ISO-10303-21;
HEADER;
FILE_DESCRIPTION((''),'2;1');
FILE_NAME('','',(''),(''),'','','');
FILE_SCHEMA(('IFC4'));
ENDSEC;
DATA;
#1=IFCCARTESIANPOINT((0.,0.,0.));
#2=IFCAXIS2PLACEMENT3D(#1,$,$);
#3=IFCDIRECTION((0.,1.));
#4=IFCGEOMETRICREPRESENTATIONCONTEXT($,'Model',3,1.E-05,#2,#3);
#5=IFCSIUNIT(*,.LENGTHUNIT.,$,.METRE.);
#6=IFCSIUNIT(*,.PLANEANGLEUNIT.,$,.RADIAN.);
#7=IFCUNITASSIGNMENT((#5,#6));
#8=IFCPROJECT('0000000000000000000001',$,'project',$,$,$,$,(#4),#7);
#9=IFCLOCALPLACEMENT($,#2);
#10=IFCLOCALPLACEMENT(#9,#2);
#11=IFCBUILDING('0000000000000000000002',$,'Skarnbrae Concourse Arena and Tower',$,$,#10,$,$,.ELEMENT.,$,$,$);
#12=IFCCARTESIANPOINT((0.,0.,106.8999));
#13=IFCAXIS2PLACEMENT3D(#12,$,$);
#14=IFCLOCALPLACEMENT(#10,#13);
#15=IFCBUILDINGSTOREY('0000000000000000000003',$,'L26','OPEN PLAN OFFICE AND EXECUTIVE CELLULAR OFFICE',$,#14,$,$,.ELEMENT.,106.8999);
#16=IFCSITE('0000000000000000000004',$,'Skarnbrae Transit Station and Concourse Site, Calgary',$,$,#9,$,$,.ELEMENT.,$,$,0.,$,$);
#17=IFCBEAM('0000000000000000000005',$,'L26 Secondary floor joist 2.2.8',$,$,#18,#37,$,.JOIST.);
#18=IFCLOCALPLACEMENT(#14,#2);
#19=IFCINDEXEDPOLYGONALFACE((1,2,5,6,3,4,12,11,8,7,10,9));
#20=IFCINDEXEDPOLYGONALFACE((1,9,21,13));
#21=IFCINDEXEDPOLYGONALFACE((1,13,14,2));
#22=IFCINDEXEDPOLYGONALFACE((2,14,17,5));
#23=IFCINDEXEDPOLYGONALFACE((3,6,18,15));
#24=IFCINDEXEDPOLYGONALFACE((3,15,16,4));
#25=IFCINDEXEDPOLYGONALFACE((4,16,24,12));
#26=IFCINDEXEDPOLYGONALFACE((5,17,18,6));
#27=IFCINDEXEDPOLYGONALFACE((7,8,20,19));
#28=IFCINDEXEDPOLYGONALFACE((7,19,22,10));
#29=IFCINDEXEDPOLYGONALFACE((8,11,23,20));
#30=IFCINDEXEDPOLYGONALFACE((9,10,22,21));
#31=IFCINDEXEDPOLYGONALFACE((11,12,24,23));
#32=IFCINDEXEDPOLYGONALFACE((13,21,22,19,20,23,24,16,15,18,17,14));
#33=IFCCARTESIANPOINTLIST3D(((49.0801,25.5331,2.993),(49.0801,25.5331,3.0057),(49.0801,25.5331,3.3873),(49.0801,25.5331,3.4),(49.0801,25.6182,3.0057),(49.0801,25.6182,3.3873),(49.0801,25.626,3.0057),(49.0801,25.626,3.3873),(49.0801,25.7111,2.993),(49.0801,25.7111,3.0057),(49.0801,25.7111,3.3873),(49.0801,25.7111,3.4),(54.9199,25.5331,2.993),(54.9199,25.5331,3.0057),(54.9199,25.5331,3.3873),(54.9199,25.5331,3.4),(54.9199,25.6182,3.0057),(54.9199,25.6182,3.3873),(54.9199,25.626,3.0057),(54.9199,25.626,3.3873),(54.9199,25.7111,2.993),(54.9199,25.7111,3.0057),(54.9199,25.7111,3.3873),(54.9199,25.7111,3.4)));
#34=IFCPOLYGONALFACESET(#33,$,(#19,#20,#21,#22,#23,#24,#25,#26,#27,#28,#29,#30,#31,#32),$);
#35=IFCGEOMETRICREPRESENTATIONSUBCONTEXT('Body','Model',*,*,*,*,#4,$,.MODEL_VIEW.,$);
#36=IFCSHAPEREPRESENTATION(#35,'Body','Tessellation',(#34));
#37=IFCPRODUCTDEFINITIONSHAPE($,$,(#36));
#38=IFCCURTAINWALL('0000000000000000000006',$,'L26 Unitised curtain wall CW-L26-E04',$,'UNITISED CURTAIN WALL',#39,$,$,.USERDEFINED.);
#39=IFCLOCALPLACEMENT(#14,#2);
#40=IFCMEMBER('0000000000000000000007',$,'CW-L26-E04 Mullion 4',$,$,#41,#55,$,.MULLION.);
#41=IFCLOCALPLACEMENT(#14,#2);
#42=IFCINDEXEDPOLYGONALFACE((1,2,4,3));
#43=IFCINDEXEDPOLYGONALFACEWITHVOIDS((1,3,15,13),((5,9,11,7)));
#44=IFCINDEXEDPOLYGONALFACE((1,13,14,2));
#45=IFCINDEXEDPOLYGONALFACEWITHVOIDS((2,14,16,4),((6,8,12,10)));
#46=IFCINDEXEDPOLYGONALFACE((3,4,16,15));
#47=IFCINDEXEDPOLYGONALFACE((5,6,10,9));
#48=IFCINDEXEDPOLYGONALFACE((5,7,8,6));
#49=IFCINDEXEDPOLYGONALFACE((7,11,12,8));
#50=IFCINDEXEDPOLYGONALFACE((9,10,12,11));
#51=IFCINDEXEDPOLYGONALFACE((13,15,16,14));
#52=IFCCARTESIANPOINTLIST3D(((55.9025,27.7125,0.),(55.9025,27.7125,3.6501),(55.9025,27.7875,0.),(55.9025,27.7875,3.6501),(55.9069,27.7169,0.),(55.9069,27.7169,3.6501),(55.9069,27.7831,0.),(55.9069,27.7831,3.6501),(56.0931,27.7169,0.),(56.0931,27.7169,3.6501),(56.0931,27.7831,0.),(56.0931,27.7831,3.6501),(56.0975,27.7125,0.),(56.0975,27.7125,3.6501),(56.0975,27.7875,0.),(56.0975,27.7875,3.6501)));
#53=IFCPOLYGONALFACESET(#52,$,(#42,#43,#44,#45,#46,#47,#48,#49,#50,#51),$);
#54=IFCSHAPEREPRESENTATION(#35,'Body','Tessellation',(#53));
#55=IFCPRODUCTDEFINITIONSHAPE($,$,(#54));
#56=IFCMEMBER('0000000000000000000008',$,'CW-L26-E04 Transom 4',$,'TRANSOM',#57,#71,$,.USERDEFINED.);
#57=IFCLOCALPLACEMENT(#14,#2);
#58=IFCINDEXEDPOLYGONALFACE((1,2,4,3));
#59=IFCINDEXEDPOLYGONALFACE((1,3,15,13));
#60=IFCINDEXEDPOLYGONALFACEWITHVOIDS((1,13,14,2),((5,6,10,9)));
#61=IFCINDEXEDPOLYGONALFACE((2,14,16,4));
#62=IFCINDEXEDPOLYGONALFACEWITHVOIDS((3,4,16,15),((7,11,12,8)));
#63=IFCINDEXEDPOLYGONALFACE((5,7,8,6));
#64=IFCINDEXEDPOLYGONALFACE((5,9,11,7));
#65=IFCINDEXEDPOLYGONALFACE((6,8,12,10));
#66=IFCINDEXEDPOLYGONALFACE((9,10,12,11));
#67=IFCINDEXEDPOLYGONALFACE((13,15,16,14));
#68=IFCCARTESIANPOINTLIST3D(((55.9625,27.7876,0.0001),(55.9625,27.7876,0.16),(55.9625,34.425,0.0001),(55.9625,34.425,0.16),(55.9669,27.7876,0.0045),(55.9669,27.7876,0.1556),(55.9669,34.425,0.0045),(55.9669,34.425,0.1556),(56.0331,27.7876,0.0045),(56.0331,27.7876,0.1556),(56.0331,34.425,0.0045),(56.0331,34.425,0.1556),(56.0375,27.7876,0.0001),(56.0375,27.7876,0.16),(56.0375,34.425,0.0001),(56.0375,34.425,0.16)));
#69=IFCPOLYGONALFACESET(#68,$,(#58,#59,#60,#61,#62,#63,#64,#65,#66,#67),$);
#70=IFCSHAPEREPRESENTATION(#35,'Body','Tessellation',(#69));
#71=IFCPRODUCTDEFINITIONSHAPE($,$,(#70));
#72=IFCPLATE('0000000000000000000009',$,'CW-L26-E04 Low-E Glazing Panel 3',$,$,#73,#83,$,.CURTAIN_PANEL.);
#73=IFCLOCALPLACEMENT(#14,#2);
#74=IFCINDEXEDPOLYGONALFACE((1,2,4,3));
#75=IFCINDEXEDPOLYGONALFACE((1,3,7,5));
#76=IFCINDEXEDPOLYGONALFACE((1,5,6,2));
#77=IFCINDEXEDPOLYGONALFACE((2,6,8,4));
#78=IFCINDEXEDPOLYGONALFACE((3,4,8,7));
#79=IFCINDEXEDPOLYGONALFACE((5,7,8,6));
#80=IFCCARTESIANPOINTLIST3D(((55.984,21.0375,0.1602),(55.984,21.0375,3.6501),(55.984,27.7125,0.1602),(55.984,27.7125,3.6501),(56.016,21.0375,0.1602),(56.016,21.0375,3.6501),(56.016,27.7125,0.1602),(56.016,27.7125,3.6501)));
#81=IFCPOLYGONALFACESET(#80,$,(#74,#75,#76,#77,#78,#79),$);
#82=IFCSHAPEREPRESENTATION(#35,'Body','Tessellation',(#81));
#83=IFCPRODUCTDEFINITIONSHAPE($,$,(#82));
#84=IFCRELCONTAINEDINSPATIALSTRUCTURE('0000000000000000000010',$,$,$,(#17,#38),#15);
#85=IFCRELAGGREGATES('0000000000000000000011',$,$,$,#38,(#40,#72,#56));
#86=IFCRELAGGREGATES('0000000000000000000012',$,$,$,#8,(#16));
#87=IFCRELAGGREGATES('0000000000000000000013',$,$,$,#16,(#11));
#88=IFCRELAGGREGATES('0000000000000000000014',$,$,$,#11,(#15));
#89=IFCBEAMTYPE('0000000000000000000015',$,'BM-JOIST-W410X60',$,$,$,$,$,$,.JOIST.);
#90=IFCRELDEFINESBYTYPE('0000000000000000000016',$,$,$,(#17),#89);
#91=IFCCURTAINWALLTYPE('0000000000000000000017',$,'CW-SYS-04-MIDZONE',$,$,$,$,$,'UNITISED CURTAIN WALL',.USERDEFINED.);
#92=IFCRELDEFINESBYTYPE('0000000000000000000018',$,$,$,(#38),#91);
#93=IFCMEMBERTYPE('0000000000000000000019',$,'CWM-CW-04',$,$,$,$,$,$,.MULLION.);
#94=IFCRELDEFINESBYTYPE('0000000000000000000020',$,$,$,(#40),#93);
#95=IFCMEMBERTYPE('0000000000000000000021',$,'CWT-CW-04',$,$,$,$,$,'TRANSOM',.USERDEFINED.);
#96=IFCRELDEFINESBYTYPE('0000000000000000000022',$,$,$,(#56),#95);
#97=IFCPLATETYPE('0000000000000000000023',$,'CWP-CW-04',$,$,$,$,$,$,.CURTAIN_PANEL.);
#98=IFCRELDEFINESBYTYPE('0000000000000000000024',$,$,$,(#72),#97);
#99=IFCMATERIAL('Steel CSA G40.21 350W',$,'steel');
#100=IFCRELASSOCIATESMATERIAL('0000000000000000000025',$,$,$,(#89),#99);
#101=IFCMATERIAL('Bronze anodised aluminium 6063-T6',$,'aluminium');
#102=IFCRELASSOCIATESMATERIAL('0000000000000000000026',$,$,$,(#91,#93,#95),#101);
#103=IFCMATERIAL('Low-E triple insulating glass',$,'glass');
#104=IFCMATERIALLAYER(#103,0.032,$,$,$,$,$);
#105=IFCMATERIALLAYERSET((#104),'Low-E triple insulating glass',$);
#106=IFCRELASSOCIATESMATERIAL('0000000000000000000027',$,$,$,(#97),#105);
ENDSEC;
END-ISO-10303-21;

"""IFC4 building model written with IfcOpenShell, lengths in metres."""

from ifc_helpers import new_model, si_unit, direction, frame, origin, origin_2d, place, context, subcontext, project, spatial, rectangle, hollow_rectangle, i_section, extrude, source, transform, mapped, material, layer, layer_set, material_profile, profile_set, type_object, element, aggregate, save


model = new_model("IFC4")

# Units and contexts
model_context = context("Model", 3, precision=1e-05, world=origin(), true_north=direction((0.0, 1.0)))
body_context = subcontext(model_context, "Body", "Model", "MODEL_VIEW")
ifc_project = project(units=[si_unit("LENGTHUNIT", "METRE"), si_unit("PLANEANGLEUNIT", "RADIAN")], contexts=[model_context])

# Site, building, storey
site_placement = place(None, origin())
site = spatial("IfcSite", under=ifc_project, at=site_placement, Name="Skarnbrae Transit Station and Concourse Site, Calgary", CompositionType="ELEMENT", RefElevation=0.0)
building_placement = place(site_placement, origin())
building = spatial("IfcBuilding", under=site, at=building_placement, Name="Skarnbrae Concourse Arena and Tower", CompositionType="ELEMENT")
storey_placement = place(building_placement, frame((0.0, 0.0, 106.8999)))
storey = spatial("IfcBuildingStorey", under=building, at=storey_placement, Name="L26", Description="OPEN PLAN OFFICE AND EXECUTIVE CELLULAR OFFICE", CompositionType="ELEMENT", Elevation=106.8999)

# Shared definitions
ifc_material_1 = material(Name="Steel CSA G40.21 350W", Category="steel")

# Beam
ifc_material_profile_1 = material_profile(ifc_material_1, i_section(OverallWidth=0.178, OverallDepth=0.407, WebThickness=0.0078, FlangeThickness=0.0127, at=origin_2d()), Name="W410X60")
ifc_profile_set_1 = profile_set([ifc_material_profile_1], Name="Steel CSA G40.21 350W")
beam_type_1 = type_object("IfcBeamType", Name="BM-JOIST-W410X60", PredefinedType="JOIST", material=ifc_profile_set_1)
shared_shape_1 = source(origin(), body_context, "Body", "SweptSolid", [
    extrude(i_section(OverallWidth=0.178, OverallDepth=0.407, WebThickness=0.0078, FlangeThickness=0.0127, at=origin_2d()), origin(), (0.0, 0.0, 1.0), 5.8398),
])
for number, where, z_axis, x_axis, name in (
    (1, (49.0801, 25.6221, 3.1965), (1.0, 0.0, 0.0), (0.0, 1.0, 0.0), "L26 Secondary floor joist 2.2.8"),
):
    element("IfcBeam", number, at=place(storey_placement, frame(where, z_axis=z_axis, x_axis=x_axis)), inside=storey, type_object=beam_type_1, Name=name, PredefinedType="JOIST", context=body_context, shape_type="MappedRepresentation", body=[
        mapped(shared_shape_1, transform((0.0, 0.0, 0.0))),
    ])

# Curtain wall, members, plate
ifc_material_2 = material(Name="Bronze anodised aluminium 6063-T6", Category="aluminium")
curtain_wall_type = type_object("IfcCurtainWallType", Name="CW-SYS-04-MIDZONE", ElementType="UNITISED CURTAIN WALL", PredefinedType="USERDEFINED", material=ifc_material_2)
curtain_wall_placement = place(storey_placement, origin())
curtain_wall = element("IfcCurtainWall", 2, at=curtain_wall_placement, inside=storey, type_object=curtain_wall_type, Name="L26 Unitised curtain wall CW-L26-E04", ObjectType="UNITISED CURTAIN WALL", PredefinedType="USERDEFINED")
ifc_material_profile_2 = material_profile(ifc_material_2, hollow_rectangle(XDim=0.075, YDim=0.1951, WallThickness=0.0044, at=origin_2d()), Name="ALU-MULL-75X195")
ifc_profile_set_2 = profile_set([ifc_material_profile_2], Name="Bronze anodised aluminium 6063-T6")
member_type_1 = type_object("IfcMemberType", Name="CWM-CW-04", PredefinedType="MULLION", material=ifc_profile_set_2)
shared_shape_2 = source(origin(), body_context, "Body", "SweptSolid", [
    extrude(hollow_rectangle(XDim=0.075, YDim=0.1951, WallThickness=0.0044, at=origin_2d()), origin(), (0.0, 0.0, 1.0), 3.6501),
])
member_1_placement = place(storey_placement, frame((56.0, 27.75, 0.0), z_axis=(0.0, 0.0, 1.0), x_axis=(0.0, 1.0, 0.0)))
member_1 = element("IfcMember", 3, at=member_1_placement, type_object=member_type_1, Name="CW-L26-E04 Mullion 4", PredefinedType="MULLION", context=body_context, shape_type="MappedRepresentation", body=[
    mapped(shared_shape_2, transform((0.0, 0.0, 0.0))),
])
ifc_material_profile_3 = material_profile(ifc_material_2, hollow_rectangle(XDim=0.075, YDim=0.1599, WallThickness=0.0044, at=origin_2d()), Name="ALU-TRAN-75X160")
ifc_profile_set_3 = profile_set([ifc_material_profile_3], Name="Bronze anodised aluminium 6063-T6")
member_type_2 = type_object("IfcMemberType", Name="CWT-CW-04", ElementType="TRANSOM", PredefinedType="USERDEFINED", material=ifc_profile_set_3)
shared_shape_3 = source(origin(), body_context, "Body", "SweptSolid", [
    extrude(hollow_rectangle(XDim=0.075, YDim=0.1599, WallThickness=0.0044, at=origin_2d()), origin(), (0.0, 0.0, 1.0), 6.6375),
])
member_2_placement = place(storey_placement, frame((56.0, 27.7876, 0.0801), z_axis=(0.0, 1.0, 0.0), x_axis=(-1.0, 0.0, 0.0)))
member_2 = element("IfcMember", 4, at=member_2_placement, type_object=member_type_2, Name="CW-L26-E04 Transom 4", ObjectType="TRANSOM", PredefinedType="USERDEFINED", context=body_context, shape_type="MappedRepresentation", body=[
    mapped(shared_shape_3, transform((0.0, 0.0, 0.0))),
])
ifc_material_3 = material(Name="Low-E triple insulating glass", Category="glass")
ifc_layer = layer(ifc_material_3, 0.032)
ifc_layer_set = layer_set([ifc_layer], Name="Low-E triple insulating glass")
plate_type = type_object("IfcPlateType", Name="CWP-CW-04", PredefinedType="CURTAIN_PANEL", material=ifc_layer_set)
shared_shape_4 = source(origin(), body_context, "Body", "SweptSolid", [
    extrude(rectangle(XDim=6.675, YDim=0.032, at=origin_2d()), origin(), (0.0, 0.0, 1.0), 3.49),
])
plate_placement = place(storey_placement, frame((56.0, 24.375, 0.1602), z_axis=(0.0, 0.0, 1.0), x_axis=(0.0, 1.0, 0.0)))
plate = element("IfcPlate", 5, at=plate_placement, type_object=plate_type, Name="CW-L26-E04 Low-E Glazing Panel 3", PredefinedType="CURTAIN_PANEL", context=body_context, shape_type="MappedRepresentation", body=[
    mapped(shared_shape_4, transform((0.0, 0.0, 0.0))),
])
aggregate(curtain_wall, [member_1, plate, member_2])

save(model, "model.ifc")
